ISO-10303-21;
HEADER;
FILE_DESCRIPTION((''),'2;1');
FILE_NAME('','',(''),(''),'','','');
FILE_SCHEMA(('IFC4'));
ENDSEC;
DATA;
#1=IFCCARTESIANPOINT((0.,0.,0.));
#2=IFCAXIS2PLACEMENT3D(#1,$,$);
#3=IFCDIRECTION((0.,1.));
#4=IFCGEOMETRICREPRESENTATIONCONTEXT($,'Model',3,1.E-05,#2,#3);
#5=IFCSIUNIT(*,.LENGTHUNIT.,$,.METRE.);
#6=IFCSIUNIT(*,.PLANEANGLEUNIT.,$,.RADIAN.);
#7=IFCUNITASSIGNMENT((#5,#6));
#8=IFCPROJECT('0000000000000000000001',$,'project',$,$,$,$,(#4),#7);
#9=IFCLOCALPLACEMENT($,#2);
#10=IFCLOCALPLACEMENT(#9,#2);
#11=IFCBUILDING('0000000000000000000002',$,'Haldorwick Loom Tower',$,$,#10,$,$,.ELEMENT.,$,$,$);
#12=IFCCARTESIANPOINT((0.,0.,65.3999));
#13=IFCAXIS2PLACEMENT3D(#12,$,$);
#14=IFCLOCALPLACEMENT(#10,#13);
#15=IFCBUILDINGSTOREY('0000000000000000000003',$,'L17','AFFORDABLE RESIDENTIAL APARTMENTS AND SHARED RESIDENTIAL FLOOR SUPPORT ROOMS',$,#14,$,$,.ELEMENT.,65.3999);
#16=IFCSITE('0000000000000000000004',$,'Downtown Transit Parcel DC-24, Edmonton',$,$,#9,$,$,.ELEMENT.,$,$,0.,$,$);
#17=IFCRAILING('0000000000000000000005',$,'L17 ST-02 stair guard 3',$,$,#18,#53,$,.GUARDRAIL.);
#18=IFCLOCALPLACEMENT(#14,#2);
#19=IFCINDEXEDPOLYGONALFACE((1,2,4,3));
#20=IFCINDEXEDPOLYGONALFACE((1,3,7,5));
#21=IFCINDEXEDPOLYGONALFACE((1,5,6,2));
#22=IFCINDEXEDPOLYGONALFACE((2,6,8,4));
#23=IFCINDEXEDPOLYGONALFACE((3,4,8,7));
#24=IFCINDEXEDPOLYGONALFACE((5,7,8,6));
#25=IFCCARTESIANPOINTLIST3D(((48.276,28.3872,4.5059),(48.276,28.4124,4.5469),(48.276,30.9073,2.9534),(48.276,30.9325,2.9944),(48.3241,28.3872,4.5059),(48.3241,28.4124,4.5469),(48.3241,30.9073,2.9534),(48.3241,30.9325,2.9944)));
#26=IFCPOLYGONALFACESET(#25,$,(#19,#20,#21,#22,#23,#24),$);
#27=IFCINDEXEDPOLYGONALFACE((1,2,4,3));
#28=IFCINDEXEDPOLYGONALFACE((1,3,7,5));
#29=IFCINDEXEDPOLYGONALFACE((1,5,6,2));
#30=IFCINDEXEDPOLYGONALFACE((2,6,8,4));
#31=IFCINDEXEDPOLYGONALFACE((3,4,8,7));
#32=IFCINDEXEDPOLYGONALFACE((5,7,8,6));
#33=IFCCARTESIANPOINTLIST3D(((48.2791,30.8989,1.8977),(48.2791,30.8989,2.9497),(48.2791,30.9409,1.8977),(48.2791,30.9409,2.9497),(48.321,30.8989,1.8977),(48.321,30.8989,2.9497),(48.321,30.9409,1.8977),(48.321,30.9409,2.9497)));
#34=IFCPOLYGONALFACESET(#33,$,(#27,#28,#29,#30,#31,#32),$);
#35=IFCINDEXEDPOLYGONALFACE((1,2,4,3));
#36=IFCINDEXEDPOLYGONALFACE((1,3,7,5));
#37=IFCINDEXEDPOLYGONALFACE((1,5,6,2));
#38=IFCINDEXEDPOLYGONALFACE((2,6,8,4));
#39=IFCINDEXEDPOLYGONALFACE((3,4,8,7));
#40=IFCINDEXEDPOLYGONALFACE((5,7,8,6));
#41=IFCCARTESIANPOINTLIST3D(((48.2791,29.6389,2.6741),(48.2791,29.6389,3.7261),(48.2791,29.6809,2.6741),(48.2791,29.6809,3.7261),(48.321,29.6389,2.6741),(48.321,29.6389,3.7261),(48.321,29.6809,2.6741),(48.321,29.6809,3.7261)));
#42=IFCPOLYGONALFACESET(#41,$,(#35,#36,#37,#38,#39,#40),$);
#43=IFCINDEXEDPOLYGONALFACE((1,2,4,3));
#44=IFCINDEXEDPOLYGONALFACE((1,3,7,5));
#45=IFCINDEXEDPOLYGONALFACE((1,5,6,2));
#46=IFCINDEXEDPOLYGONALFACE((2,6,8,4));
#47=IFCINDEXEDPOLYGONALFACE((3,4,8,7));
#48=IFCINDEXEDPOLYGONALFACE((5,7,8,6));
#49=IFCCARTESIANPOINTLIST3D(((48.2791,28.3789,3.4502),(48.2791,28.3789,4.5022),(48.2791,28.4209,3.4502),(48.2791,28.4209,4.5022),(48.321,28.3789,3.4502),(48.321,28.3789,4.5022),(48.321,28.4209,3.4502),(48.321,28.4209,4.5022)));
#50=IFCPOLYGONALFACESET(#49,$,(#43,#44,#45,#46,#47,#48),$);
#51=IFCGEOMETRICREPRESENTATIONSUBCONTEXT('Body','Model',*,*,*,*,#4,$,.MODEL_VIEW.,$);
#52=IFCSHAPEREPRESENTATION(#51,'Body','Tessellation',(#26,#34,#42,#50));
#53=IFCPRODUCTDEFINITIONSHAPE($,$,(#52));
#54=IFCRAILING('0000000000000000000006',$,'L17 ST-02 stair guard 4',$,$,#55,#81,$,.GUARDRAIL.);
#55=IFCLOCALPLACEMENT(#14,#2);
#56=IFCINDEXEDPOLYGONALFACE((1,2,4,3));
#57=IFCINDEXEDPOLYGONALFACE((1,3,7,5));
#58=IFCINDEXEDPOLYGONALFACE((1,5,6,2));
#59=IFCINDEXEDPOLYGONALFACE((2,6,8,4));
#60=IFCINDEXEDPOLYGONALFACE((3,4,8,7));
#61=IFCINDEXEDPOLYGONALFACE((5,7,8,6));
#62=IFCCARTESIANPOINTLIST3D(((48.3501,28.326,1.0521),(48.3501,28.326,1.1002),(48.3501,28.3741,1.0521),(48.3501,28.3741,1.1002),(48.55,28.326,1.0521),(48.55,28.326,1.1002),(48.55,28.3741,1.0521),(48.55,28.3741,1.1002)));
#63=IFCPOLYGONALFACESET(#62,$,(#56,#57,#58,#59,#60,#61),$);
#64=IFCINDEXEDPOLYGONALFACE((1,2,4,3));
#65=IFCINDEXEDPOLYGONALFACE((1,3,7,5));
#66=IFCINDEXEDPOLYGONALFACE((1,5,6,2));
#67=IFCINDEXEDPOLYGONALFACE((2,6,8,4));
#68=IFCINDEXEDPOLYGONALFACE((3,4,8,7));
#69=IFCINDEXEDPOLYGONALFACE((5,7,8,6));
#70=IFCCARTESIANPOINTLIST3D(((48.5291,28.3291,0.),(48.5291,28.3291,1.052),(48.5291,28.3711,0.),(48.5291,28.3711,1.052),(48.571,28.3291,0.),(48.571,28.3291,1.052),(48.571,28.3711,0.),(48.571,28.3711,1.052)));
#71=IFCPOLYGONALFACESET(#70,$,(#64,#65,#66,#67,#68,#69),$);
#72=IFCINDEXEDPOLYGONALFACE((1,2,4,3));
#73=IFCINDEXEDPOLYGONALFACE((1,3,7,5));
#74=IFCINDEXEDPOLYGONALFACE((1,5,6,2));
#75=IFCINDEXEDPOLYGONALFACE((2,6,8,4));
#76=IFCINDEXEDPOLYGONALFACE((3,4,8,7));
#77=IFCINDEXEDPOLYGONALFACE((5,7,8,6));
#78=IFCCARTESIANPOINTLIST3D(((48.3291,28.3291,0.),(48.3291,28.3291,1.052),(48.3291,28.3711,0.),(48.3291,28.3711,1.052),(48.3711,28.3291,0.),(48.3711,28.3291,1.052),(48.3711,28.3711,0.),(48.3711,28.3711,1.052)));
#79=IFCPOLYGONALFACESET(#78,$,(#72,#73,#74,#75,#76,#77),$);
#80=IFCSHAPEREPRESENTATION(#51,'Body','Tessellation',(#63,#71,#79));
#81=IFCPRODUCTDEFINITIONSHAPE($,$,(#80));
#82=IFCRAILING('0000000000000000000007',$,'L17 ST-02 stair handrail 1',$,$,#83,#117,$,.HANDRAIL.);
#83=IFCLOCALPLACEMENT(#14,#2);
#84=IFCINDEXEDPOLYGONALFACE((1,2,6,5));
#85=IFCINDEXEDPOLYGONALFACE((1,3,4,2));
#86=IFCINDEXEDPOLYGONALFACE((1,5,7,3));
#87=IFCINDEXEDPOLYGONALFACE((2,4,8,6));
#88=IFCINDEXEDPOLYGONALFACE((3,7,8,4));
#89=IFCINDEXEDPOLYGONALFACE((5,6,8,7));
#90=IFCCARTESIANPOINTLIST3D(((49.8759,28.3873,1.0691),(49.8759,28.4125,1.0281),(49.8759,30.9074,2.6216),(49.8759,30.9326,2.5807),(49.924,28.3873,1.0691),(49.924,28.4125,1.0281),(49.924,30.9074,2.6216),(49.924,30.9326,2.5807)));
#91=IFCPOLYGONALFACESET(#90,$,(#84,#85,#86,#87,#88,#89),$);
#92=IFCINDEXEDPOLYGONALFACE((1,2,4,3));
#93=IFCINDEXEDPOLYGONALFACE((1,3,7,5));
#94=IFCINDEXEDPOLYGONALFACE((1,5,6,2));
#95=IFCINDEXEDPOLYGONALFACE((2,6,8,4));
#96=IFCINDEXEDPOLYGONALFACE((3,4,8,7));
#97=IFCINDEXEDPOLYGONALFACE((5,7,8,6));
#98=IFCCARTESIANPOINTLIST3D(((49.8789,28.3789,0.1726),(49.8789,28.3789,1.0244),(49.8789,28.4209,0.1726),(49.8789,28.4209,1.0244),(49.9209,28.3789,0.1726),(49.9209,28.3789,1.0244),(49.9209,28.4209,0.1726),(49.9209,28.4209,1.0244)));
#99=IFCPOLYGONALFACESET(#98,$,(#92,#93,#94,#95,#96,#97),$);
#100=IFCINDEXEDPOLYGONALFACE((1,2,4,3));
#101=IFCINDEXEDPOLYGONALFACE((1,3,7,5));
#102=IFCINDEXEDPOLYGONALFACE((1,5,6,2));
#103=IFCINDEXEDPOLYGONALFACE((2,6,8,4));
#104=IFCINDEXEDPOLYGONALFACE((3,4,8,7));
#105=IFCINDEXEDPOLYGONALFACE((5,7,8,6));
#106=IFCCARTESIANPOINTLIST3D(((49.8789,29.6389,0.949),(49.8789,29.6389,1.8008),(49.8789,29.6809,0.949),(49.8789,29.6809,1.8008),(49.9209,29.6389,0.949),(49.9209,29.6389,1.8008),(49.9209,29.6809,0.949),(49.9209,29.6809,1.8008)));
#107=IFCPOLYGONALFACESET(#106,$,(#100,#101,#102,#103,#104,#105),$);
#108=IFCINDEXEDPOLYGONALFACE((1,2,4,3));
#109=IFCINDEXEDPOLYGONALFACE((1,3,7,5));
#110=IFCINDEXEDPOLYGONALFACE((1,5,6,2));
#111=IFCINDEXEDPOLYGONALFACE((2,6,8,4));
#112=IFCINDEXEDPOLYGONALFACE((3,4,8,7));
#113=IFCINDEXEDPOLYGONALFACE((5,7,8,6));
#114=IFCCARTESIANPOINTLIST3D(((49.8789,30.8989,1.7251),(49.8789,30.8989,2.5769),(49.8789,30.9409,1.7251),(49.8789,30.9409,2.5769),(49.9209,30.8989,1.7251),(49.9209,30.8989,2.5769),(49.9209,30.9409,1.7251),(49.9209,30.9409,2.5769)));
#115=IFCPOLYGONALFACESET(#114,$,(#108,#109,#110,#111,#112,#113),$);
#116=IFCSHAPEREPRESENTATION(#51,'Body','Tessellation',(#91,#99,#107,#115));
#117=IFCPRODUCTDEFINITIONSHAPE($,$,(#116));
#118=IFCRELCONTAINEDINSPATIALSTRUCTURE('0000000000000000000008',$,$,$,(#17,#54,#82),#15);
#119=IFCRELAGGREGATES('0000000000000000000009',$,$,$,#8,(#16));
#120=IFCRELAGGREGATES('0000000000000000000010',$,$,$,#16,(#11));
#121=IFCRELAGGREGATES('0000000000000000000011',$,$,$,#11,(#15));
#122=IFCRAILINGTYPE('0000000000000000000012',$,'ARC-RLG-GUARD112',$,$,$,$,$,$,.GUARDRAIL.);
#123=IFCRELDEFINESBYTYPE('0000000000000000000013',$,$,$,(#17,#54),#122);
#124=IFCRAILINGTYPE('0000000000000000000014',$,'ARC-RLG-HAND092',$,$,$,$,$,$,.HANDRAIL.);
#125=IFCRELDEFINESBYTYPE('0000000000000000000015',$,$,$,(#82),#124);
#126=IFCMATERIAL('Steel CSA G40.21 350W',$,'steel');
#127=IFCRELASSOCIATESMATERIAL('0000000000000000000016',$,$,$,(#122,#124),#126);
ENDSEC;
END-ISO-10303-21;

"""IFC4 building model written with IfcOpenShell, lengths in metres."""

from ifc_helpers import new_model, si_unit, direction, frame, origin, origin_2d, place, context, subcontext, project, spatial, rectangle, extrude, material, type_object, element, save


model = new_model("IFC4")

# Units and contexts
model_context = context("Model", 3, precision=1e-05, world=origin(), true_north=direction((0.0, 1.0)))
body_context = subcontext(model_context, "Body", "Model", "MODEL_VIEW")
ifc_project = project(units=[si_unit("LENGTHUNIT", "METRE"), si_unit("PLANEANGLEUNIT", "RADIAN")], contexts=[model_context])

# Site, building, storey
site_placement = place(None, origin())
site = spatial("IfcSite", under=ifc_project, at=site_placement, Name="Downtown Transit Parcel DC-24, Edmonton", CompositionType="ELEMENT", RefElevation=0.0)
building_placement = place(site_placement, origin())
building = spatial("IfcBuilding", under=site, at=building_placement, Name="Haldorwick Loom Tower", CompositionType="ELEMENT")
storey_placement = place(building_placement, frame((0.0, 0.0, 65.3999)))
storey = spatial("IfcBuildingStorey", under=building, at=storey_placement, Name="L17", Description="AFFORDABLE RESIDENTIAL APARTMENTS AND SHARED RESIDENTIAL FLOOR SUPPORT ROOMS", CompositionType="ELEMENT", Elevation=65.3999)

# Shared definitions
ifc_material_1 = material(Name="Steel CSA G40.21 350W", Category="steel")

# Railings
railing_type_1 = type_object("IfcRailingType", Name="ARC-RLG-GUARD112", PredefinedType="GUARDRAIL", material=ifc_material_1)
railing_1_placement = place(storey_placement, frame((48.3, 30.9199, 1.8977)))
element("IfcRailing", 1, at=railing_1_placement, inside=storey, type_object=railing_type_1, Name="L17 ST-02 stair guard 3", PredefinedType="GUARDRAIL", context=body_context, shape_type="SweptSolid", body=[
    extrude(rectangle(XDim=0.0481, YDim=0.0481, at=origin_2d()), frame((0.0, 0.0, 1.0762), z_axis=(0.0, -0.8514, 0.524516), x_axis=(1.0, 0.0, 0.0)), (0.0, 0.0, 1.0), 2.96),
    extrude(rectangle(XDim=0.042, YDim=0.042, at=origin_2d()), origin(), (0.0, 0.0, 1.0), 1.052),
    extrude(rectangle(XDim=0.042, YDim=0.042, at=origin_2d()), frame((0.0, -1.26, 0.7764)), (0.0, 0.0, 1.0), 1.052),
    extrude(rectangle(XDim=0.042, YDim=0.042, at=origin_2d()), frame((0.0, -2.52, 1.5525)), (0.0, 0.0, 1.0), 1.052),
])
railing_2_placement = place(storey_placement, frame((48.55, 28.3501, 0.0)))
element("IfcRailing", 2, at=railing_2_placement, inside=storey, type_object=railing_type_1, Name="L17 ST-02 stair guard 4", PredefinedType="GUARDRAIL", context=body_context, shape_type="SweptSolid", body=[
    extrude(rectangle(XDim=0.0481, YDim=0.0481, at=origin_2d()), frame((0.0, 0.0, 1.0762), z_axis=(-1.0, 0.0, 0.0), x_axis=(0.0, -1.0, 0.0)), (0.0, 0.0, 1.0), 0.2),
    extrude(rectangle(XDim=0.042, YDim=0.042, at=origin_2d()), origin(), (0.0, 0.0, 1.0), 1.052),
    extrude(rectangle(XDim=0.042, YDim=0.042, at=origin_2d()), frame((-0.2, 0.0, 0.0)), (0.0, 0.0, 1.0), 1.052),
])
railing_type_2 = type_object("IfcRailingType", Name="ARC-RLG-HAND092", PredefinedType="HANDRAIL", material=ifc_material_1)
railing_3_placement = place(storey_placement, frame((49.8999, 28.3999, 0.1726)))
element("IfcRailing", 3, at=railing_3_placement, inside=storey, type_object=railing_type_2, Name="L17 ST-02 stair handrail 1", PredefinedType="HANDRAIL", context=body_context, shape_type="SweptSolid", body=[
    extrude(rectangle(XDim=0.0481, YDim=0.0481, at=origin_2d()), frame((0.0, 0.0, 0.876), z_axis=(0.0, 0.8514, 0.524516), x_axis=(-1.0, 0.0, 0.0)), (0.0, 0.0, 1.0), 2.96),
    extrude(rectangle(XDim=0.042, YDim=0.042, at=origin_2d()), origin(), (0.0, 0.0, 1.0), 0.8518),
    extrude(rectangle(XDim=0.042, YDim=0.042, at=origin_2d()), frame((0.0, 1.26, 0.7764)), (0.0, 0.0, 1.0), 0.8518),
    extrude(rectangle(XDim=0.042, YDim=0.042, at=origin_2d()), frame((0.0, 2.52, 1.5525)), (0.0, 0.0, 1.0), 0.8518),
])

save(model, "model.ifc")
